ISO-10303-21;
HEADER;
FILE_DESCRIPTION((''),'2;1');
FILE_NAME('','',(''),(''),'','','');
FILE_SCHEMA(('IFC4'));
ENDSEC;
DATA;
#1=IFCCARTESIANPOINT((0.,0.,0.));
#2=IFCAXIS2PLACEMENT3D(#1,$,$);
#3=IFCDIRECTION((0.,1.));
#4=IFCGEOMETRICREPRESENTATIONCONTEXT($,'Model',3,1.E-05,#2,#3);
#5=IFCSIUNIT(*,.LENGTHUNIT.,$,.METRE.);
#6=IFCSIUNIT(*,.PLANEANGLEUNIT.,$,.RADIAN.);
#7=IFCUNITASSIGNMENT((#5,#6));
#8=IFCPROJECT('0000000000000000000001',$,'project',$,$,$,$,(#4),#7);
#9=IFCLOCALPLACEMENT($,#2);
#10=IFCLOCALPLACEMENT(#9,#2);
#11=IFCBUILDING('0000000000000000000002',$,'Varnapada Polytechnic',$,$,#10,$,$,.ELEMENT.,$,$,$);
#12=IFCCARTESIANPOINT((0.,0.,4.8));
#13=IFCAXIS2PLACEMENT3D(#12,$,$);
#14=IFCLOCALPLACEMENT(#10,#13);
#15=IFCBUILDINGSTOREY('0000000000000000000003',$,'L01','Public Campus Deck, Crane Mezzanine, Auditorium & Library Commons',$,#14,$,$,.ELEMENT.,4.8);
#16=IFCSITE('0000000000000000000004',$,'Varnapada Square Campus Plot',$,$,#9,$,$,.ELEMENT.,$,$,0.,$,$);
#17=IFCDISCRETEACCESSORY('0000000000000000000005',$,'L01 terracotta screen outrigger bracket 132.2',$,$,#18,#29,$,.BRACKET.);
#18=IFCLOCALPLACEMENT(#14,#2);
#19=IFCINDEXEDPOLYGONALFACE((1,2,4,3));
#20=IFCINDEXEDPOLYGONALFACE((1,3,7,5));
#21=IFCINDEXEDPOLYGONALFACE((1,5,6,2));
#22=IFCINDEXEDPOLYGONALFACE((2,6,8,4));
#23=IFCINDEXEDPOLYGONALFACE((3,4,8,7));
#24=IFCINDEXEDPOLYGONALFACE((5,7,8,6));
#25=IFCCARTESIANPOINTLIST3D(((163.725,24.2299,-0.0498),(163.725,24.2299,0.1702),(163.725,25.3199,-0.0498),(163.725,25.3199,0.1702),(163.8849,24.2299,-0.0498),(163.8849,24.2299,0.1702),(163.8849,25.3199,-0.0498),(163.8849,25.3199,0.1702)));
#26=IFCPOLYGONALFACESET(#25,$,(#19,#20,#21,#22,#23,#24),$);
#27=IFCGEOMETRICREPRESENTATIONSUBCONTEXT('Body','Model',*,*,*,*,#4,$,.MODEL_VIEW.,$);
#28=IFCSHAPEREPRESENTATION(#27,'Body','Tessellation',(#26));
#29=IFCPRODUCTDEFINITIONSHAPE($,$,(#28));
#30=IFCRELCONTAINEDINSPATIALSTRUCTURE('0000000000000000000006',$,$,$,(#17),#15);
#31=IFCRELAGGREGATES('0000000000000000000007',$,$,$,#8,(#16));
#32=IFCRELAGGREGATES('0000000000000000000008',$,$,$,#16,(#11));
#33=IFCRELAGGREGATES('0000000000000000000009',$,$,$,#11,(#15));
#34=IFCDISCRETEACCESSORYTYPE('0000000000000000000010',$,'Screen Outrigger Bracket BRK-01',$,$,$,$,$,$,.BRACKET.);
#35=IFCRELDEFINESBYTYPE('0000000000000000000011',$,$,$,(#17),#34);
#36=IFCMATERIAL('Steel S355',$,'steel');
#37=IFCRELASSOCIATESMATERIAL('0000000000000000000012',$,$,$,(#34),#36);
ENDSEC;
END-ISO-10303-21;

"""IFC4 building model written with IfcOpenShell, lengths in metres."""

from ifc_helpers import new_model, si_unit, direction, frame, origin, origin_2d, place, context, subcontext, project, spatial, rectangle, extrude, material, type_object, element, save


model = new_model("IFC4")

# Units and contexts
model_context = context("Model", 3, precision=1e-05, world=origin(), true_north=direction((0.0, 1.0)))
body_context = subcontext(model_context, "Body", "Model", "MODEL_VIEW")
ifc_project = project(units=[si_unit("LENGTHUNIT", "METRE"), si_unit("PLANEANGLEUNIT", "RADIAN")], contexts=[model_context])

# Site, building, storey
site_placement = place(None, origin())
site = spatial("IfcSite", under=ifc_project, at=site_placement, Name="Varnapada Square Campus Plot", CompositionType="ELEMENT", RefElevation=0.0)
building_placement = place(site_placement, origin())
building = spatial("IfcBuilding", under=site, at=building_placement, Name="Varnapada Polytechnic", CompositionType="ELEMENT")
storey_placement = place(building_placement, frame((0.0, 0.0, 4.8)))
storey = spatial("IfcBuildingStorey", under=building, at=storey_placement, Name="L01", Description="Public Campus Deck, Crane Mezzanine, Auditorium & Library Commons", CompositionType="ELEMENT", Elevation=4.8)

# Discrete accessory
ifc_material_1 = material(Name="Steel S355", Category="steel")
discrete_accessory_type = type_object("IfcDiscreteAccessoryType", Name="Screen Outrigger Bracket BRK-01", PredefinedType="BRACKET", material=ifc_material_1)
for number, where, z_axis, x_axis, name in (
    (1, (163.8049, 24.7749, -0.0498), (0.0, 0.0, 1.0), (-1.0, 0.0, 0.0), "L01 terracotta screen outrigger bracket 132.2"),
):
    element("IfcDiscreteAccessory", number, at=place(storey_placement, frame(where, z_axis=z_axis, x_axis=x_axis)), inside=storey, type_object=discrete_accessory_type, Name=name, PredefinedType="BRACKET", context=body_context, shape_type="SweptSolid", body=[
        extrude(rectangle(XDim=0.1599, YDim=1.0901, at=origin_2d()), origin(), (0.0, 0.0, 1.0), 0.22),
    ])

save(model, "model.ifc")
